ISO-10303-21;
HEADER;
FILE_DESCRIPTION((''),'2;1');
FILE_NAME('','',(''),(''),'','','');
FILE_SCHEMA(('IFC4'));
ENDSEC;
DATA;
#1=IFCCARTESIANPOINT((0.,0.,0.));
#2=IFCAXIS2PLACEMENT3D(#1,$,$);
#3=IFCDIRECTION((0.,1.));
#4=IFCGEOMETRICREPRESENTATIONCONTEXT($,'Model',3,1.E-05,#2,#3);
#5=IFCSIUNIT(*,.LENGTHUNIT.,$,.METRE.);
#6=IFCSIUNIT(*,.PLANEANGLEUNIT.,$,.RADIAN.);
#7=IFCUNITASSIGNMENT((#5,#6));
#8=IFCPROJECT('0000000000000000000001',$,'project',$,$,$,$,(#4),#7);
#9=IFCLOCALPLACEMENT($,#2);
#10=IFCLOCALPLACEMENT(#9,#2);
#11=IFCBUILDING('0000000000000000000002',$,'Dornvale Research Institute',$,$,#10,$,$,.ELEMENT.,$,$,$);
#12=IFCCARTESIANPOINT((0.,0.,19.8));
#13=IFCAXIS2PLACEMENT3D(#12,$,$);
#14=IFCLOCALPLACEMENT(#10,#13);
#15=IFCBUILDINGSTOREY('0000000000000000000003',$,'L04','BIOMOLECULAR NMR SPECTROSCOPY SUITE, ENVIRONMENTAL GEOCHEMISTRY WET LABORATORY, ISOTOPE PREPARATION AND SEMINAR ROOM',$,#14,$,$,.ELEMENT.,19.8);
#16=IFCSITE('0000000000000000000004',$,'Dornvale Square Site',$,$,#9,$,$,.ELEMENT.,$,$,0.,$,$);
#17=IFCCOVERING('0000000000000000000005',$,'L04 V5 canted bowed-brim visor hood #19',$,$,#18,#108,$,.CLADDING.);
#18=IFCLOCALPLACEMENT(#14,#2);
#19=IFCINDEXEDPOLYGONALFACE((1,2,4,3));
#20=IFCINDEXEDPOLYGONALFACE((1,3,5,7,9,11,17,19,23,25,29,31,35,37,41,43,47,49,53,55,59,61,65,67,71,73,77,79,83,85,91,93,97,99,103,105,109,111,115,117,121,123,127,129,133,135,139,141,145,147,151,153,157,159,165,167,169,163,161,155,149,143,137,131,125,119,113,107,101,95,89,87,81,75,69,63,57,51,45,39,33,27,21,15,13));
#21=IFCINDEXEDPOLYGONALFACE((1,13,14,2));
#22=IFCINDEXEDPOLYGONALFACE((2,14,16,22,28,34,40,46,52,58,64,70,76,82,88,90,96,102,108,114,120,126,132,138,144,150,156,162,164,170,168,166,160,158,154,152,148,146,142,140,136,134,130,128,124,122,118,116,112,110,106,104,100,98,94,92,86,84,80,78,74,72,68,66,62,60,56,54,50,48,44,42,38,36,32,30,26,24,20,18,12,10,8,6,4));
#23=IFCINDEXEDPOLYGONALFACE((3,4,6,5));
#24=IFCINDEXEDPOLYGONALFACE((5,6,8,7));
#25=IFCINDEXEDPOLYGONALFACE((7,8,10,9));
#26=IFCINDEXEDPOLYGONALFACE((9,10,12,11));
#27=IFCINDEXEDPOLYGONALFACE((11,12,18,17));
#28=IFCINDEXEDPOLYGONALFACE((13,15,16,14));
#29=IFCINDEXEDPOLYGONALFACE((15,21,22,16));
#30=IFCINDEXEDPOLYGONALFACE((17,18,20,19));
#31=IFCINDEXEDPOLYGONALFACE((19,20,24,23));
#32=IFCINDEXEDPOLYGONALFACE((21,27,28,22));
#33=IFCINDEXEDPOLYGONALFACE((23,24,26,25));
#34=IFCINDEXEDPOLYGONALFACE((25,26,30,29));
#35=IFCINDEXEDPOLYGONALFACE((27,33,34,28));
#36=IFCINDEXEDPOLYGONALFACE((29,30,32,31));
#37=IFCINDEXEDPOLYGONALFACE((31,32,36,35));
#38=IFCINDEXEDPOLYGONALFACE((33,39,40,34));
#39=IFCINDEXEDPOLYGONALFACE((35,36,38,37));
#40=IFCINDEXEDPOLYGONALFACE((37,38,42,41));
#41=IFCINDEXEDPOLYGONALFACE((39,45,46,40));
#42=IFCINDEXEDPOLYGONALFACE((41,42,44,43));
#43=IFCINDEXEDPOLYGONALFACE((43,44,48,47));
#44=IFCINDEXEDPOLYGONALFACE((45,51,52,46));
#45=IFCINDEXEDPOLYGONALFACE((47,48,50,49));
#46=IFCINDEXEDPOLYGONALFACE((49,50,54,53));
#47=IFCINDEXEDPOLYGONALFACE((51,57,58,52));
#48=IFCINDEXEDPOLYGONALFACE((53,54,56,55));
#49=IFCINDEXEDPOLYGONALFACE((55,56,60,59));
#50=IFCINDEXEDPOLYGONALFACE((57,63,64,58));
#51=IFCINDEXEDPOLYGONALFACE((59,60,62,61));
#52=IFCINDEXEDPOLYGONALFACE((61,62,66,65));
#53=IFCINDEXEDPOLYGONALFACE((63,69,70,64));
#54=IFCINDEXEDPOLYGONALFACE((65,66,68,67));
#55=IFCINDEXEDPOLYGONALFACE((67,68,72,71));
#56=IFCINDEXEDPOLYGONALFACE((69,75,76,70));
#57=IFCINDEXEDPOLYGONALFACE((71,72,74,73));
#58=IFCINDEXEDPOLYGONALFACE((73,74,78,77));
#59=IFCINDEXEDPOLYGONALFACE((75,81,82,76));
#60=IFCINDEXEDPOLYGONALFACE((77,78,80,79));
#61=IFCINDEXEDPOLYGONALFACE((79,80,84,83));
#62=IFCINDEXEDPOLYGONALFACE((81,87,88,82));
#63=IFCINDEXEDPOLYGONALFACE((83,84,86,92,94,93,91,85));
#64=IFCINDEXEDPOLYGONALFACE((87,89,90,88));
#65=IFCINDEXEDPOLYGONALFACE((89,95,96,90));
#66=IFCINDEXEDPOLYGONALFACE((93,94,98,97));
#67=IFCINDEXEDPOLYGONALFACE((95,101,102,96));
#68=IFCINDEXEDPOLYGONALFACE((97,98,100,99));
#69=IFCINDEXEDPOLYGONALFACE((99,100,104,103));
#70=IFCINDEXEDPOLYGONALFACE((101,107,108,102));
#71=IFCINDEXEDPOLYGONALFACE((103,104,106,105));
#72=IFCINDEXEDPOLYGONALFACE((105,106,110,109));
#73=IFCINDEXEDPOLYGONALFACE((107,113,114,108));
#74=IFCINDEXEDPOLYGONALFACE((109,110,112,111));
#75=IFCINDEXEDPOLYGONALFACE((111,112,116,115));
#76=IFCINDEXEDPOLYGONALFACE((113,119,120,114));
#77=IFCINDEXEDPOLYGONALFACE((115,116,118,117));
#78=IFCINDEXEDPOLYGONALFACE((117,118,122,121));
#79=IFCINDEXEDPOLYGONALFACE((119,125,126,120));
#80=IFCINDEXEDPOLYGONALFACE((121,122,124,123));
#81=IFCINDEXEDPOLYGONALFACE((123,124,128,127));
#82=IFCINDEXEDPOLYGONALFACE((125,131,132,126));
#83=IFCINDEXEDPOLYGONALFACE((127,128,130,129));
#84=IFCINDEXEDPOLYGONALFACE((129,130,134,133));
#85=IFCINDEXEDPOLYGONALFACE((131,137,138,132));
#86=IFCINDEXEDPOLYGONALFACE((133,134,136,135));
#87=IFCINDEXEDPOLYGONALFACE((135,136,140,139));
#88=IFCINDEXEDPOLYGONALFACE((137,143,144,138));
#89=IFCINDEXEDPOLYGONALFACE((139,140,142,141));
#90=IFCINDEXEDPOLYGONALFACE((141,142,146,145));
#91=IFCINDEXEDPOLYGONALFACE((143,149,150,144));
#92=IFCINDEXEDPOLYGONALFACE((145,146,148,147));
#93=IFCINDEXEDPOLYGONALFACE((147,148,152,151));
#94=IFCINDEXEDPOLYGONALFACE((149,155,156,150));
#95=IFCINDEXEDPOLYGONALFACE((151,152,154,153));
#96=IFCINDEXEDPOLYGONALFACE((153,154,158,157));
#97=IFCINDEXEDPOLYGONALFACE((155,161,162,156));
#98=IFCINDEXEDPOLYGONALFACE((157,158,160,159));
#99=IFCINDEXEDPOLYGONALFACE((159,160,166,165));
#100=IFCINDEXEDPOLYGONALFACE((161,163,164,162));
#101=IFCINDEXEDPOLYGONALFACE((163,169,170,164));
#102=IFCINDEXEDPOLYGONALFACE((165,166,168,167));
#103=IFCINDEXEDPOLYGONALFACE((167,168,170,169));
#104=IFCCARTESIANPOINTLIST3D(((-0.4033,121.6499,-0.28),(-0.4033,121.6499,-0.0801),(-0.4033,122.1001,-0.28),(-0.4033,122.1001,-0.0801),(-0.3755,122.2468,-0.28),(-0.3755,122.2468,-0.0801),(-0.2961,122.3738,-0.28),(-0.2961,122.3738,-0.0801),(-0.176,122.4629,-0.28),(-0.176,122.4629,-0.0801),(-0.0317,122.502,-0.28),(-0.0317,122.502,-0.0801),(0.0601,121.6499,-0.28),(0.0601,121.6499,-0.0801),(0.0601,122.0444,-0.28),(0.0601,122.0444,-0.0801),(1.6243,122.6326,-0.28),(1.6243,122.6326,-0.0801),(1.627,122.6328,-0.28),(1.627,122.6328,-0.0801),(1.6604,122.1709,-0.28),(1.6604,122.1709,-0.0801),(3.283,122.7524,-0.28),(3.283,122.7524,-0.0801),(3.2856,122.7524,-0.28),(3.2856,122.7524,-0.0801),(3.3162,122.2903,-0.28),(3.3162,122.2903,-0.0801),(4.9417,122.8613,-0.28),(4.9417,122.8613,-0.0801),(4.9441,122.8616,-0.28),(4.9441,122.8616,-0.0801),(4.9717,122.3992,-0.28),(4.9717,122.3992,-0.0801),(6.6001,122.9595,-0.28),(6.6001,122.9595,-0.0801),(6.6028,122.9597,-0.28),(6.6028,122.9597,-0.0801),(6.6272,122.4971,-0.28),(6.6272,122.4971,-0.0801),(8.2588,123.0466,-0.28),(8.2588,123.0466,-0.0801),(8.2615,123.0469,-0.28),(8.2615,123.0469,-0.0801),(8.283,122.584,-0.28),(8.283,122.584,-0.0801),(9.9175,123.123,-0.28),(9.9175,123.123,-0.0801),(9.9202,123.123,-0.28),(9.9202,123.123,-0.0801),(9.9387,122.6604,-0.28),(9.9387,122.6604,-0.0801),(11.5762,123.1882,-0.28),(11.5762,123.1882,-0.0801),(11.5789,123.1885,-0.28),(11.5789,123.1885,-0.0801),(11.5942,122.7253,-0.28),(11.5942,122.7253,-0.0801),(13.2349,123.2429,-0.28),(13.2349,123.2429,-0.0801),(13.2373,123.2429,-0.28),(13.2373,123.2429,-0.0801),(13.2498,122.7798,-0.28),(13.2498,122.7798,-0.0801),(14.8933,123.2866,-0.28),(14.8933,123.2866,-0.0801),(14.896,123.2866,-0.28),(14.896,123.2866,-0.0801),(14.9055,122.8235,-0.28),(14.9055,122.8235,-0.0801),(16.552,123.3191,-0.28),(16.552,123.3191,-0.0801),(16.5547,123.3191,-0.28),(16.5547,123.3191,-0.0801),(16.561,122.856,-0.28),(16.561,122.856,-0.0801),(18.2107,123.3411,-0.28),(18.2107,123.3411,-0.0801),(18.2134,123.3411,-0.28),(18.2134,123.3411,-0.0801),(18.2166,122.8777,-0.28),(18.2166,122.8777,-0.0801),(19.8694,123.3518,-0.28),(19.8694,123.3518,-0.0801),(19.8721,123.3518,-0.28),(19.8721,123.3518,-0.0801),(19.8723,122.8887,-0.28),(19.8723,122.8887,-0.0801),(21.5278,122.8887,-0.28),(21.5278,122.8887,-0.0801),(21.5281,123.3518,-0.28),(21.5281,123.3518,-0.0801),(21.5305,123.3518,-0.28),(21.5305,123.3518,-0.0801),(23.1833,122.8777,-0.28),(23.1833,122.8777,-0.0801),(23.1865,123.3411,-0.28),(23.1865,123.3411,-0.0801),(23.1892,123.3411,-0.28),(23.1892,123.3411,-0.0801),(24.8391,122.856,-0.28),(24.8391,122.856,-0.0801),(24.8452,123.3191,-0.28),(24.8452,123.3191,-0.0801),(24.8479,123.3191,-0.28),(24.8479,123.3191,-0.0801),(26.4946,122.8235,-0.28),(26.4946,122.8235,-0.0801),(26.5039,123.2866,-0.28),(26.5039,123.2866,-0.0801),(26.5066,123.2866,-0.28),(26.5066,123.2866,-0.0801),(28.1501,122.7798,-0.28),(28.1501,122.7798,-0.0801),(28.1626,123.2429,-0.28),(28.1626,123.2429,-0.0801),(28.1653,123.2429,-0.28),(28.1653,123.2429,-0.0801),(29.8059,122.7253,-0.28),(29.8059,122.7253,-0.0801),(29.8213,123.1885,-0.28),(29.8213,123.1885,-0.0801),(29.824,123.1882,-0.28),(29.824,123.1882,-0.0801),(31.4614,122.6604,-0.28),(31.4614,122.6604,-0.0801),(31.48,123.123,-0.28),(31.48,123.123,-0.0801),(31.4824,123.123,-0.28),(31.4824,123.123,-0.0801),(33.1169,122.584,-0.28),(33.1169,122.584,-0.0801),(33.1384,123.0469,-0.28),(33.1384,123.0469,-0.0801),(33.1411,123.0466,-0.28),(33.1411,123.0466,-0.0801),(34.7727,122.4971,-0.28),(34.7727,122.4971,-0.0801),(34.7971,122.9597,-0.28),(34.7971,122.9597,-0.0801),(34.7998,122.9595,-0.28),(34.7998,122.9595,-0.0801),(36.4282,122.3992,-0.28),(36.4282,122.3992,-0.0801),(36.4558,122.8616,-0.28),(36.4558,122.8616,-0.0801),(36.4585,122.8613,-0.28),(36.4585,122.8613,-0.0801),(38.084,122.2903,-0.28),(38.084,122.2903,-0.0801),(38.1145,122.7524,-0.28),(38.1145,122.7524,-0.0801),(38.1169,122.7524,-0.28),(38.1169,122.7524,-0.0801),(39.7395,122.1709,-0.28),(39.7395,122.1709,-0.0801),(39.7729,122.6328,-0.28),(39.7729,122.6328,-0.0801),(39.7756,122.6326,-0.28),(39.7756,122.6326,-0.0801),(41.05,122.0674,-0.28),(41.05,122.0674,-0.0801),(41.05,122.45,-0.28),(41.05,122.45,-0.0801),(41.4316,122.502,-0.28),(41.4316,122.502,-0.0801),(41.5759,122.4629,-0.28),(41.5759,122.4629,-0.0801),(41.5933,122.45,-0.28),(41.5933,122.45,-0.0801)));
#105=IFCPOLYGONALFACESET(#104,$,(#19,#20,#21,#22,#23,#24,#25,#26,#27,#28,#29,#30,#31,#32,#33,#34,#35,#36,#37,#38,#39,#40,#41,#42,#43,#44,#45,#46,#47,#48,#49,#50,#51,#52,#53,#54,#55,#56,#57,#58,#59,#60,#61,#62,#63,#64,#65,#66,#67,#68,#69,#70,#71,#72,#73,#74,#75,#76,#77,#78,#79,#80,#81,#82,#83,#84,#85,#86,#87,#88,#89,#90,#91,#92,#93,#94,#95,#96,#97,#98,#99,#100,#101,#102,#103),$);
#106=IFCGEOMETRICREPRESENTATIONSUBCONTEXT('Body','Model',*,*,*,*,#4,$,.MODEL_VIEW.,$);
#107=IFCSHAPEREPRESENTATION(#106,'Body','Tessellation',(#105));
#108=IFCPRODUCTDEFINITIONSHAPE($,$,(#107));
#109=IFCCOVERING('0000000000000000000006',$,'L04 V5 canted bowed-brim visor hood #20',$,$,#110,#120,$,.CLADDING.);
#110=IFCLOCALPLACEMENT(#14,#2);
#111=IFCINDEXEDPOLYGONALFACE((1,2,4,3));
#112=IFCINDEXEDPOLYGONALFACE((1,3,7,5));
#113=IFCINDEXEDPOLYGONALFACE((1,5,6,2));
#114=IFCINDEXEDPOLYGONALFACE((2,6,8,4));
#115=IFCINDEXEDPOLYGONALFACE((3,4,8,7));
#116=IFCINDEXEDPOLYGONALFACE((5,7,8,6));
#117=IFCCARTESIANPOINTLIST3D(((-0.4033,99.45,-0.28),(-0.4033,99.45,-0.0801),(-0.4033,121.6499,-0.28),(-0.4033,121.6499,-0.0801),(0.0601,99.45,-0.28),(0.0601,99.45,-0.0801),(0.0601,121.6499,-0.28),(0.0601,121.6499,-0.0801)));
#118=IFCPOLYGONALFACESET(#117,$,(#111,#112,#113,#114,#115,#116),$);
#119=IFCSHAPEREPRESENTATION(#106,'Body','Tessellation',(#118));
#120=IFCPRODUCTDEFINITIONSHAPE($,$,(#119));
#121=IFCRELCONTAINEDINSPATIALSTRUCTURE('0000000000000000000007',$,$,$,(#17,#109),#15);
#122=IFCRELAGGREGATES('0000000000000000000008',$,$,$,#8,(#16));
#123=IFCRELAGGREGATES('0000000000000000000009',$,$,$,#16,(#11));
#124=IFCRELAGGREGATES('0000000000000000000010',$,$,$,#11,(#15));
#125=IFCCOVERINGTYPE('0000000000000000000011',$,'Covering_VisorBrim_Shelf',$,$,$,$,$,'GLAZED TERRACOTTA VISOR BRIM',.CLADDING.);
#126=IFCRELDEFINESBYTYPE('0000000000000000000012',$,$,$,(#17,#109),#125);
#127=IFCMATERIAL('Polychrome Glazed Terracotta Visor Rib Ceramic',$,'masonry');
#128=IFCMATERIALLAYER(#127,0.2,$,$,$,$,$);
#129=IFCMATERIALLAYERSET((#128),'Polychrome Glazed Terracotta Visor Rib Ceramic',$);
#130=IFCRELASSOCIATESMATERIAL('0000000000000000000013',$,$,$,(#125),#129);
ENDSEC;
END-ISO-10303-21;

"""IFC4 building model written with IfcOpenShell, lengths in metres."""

from ifc_helpers import new_model, si_unit, direction, frame, origin, place, context, subcontext, project, spatial, polyline, outline, extrude, material, layer, layer_set, type_object, element, save


model = new_model("IFC4")

# Units and contexts
model_context = context("Model", 3, precision=1e-05, world=origin(), true_north=direction((0.0, 1.0)))
body_context = subcontext(model_context, "Body", "Model", "MODEL_VIEW")
ifc_project = project(units=[si_unit("LENGTHUNIT", "METRE"), si_unit("PLANEANGLEUNIT", "RADIAN")], contexts=[model_context])

# Site, building, storey
site_placement = place(None, origin())
site = spatial("IfcSite", under=ifc_project, at=site_placement, Name="Dornvale Square Site", CompositionType="ELEMENT", RefElevation=0.0)
building_placement = place(site_placement, origin())
building = spatial("IfcBuilding", under=site, at=building_placement, Name="Dornvale Research Institute", CompositionType="ELEMENT")
storey_placement = place(building_placement, frame((0.0, 0.0, 19.8)))
storey = spatial("IfcBuildingStorey", under=building, at=storey_placement, Name="L04", Description="BIOMOLECULAR NMR SPECTROSCOPY SUITE, ENVIRONMENTAL GEOCHEMISTRY WET LABORATORY, ISOTOPE PREPARATION AND SEMINAR ROOM", CompositionType="ELEMENT", Elevation=19.8)

# Coverings
ifc_material_1 = material(Name="Polychrome Glazed Terracotta Visor Rib Ceramic", Category="masonry")
ifc_layer_1 = layer(ifc_material_1, 0.2)
ifc_layer_set_1 = layer_set([ifc_layer_1], Name="Polychrome Glazed Terracotta Visor Rib Ceramic")
covering_type_1 = type_object("IfcCoveringType", Name="Covering_VisorBrim_Shelf", ElementType="GLAZED TERRACOTTA VISOR BRIM", PredefinedType="CLADDING", material=ifc_layer_set_1)
covering_1_placement = place(storey_placement, frame((0.0, 0.0, -0.28)))
element("IfcCovering", 1, at=covering_1_placement, inside=storey, type_object=covering_type_1, Name="L04 V5 canted bowed-brim visor hood #19", PredefinedType="CLADDING", context=body_context, shape_type="SweptSolid", body=[
    extrude(outline(polyline([(-0.2961, 122.3738), (-0.176, 122.4629), (-0.0317, 122.502), (1.6243, 122.6326), (1.627, 122.6328), (3.283, 122.7524), (3.2856, 122.7524), (4.9417, 122.8613), (4.9441, 122.8616), (6.6001, 122.9595), (6.6028, 122.9597), (8.2588, 123.0466), (8.2615, 123.0469), (9.9175, 123.123), (9.9202, 123.123), (11.5762, 123.1882), (11.5789, 123.1885), (13.2349, 123.2429), (13.2373, 123.2429), (14.8933, 123.2866), (14.896, 123.2866), (16.552, 123.3191), (16.5547, 123.3191), (18.2107, 123.3411), (18.2134, 123.3411), (19.8694, 123.3518), (19.8721, 123.3518), (21.5281, 123.3518), (21.5305, 123.3518), (23.1865, 123.3411), (23.1892, 123.3411), (24.8452, 123.3191), (24.8479, 123.3191), (26.5039, 123.2866), (26.5066, 123.2866), (28.1626, 123.2429), (28.1653, 123.2429), (29.8213, 123.1885), (29.824, 123.1882), (31.48, 123.123), (31.4824, 123.123), (33.1384, 123.0469), (33.1411, 123.0466), (34.7971, 122.9597), (34.7998, 122.9595), (36.4558, 122.8616), (36.4585, 122.8613), (38.1145, 122.7524), (38.1169, 122.7524), (39.7729, 122.6328), (39.7756, 122.6326), (41.4316, 122.502), (41.5759, 122.4629), (41.5933, 122.45), (41.05, 122.45), (41.05, 122.0674), (39.7395, 122.1709), (38.084, 122.2903), (36.4282, 122.3992), (34.7727, 122.4971), (33.1169, 122.584), (31.4614, 122.6604), (29.8059, 122.7253), (28.1501, 122.7798), (26.4946, 122.8235), (24.8391, 122.856), (23.1833, 122.8777), (21.5278, 122.8887), (19.8723, 122.8887), (18.2166, 122.8777), (16.561, 122.856), (14.9055, 122.8235), (13.2498, 122.7798), (11.5942, 122.7253), (9.9387, 122.6604), (8.283, 122.584), (6.6272, 122.4971), (4.9717, 122.3992), (3.3162, 122.2903), (1.6604, 122.1709), (0.0601, 122.0444), (0.0601, 121.6499), (-0.4033, 121.6499), (-0.4033, 122.1001), (-0.3755, 122.2468), (-0.2961, 122.3738)])), origin(), (0.0, 0.0, 1.0), 0.2),
])
covering_2_placement = place(storey_placement, frame((0.0, 0.0, -0.28)))
element("IfcCovering", 2, at=covering_2_placement, inside=storey, type_object=covering_type_1, Name="L04 V5 canted bowed-brim visor hood #20", PredefinedType="CLADDING", context=body_context, shape_type="SweptSolid", body=[
    extrude(outline(polyline([(0.0601, 99.45), (-0.4033, 99.45), (-0.4033, 121.6499), (0.0601, 121.6499), (0.0601, 99.45)])), origin(), (0.0, 0.0, 1.0), 0.2),
])

save(model, "model.ifc")
